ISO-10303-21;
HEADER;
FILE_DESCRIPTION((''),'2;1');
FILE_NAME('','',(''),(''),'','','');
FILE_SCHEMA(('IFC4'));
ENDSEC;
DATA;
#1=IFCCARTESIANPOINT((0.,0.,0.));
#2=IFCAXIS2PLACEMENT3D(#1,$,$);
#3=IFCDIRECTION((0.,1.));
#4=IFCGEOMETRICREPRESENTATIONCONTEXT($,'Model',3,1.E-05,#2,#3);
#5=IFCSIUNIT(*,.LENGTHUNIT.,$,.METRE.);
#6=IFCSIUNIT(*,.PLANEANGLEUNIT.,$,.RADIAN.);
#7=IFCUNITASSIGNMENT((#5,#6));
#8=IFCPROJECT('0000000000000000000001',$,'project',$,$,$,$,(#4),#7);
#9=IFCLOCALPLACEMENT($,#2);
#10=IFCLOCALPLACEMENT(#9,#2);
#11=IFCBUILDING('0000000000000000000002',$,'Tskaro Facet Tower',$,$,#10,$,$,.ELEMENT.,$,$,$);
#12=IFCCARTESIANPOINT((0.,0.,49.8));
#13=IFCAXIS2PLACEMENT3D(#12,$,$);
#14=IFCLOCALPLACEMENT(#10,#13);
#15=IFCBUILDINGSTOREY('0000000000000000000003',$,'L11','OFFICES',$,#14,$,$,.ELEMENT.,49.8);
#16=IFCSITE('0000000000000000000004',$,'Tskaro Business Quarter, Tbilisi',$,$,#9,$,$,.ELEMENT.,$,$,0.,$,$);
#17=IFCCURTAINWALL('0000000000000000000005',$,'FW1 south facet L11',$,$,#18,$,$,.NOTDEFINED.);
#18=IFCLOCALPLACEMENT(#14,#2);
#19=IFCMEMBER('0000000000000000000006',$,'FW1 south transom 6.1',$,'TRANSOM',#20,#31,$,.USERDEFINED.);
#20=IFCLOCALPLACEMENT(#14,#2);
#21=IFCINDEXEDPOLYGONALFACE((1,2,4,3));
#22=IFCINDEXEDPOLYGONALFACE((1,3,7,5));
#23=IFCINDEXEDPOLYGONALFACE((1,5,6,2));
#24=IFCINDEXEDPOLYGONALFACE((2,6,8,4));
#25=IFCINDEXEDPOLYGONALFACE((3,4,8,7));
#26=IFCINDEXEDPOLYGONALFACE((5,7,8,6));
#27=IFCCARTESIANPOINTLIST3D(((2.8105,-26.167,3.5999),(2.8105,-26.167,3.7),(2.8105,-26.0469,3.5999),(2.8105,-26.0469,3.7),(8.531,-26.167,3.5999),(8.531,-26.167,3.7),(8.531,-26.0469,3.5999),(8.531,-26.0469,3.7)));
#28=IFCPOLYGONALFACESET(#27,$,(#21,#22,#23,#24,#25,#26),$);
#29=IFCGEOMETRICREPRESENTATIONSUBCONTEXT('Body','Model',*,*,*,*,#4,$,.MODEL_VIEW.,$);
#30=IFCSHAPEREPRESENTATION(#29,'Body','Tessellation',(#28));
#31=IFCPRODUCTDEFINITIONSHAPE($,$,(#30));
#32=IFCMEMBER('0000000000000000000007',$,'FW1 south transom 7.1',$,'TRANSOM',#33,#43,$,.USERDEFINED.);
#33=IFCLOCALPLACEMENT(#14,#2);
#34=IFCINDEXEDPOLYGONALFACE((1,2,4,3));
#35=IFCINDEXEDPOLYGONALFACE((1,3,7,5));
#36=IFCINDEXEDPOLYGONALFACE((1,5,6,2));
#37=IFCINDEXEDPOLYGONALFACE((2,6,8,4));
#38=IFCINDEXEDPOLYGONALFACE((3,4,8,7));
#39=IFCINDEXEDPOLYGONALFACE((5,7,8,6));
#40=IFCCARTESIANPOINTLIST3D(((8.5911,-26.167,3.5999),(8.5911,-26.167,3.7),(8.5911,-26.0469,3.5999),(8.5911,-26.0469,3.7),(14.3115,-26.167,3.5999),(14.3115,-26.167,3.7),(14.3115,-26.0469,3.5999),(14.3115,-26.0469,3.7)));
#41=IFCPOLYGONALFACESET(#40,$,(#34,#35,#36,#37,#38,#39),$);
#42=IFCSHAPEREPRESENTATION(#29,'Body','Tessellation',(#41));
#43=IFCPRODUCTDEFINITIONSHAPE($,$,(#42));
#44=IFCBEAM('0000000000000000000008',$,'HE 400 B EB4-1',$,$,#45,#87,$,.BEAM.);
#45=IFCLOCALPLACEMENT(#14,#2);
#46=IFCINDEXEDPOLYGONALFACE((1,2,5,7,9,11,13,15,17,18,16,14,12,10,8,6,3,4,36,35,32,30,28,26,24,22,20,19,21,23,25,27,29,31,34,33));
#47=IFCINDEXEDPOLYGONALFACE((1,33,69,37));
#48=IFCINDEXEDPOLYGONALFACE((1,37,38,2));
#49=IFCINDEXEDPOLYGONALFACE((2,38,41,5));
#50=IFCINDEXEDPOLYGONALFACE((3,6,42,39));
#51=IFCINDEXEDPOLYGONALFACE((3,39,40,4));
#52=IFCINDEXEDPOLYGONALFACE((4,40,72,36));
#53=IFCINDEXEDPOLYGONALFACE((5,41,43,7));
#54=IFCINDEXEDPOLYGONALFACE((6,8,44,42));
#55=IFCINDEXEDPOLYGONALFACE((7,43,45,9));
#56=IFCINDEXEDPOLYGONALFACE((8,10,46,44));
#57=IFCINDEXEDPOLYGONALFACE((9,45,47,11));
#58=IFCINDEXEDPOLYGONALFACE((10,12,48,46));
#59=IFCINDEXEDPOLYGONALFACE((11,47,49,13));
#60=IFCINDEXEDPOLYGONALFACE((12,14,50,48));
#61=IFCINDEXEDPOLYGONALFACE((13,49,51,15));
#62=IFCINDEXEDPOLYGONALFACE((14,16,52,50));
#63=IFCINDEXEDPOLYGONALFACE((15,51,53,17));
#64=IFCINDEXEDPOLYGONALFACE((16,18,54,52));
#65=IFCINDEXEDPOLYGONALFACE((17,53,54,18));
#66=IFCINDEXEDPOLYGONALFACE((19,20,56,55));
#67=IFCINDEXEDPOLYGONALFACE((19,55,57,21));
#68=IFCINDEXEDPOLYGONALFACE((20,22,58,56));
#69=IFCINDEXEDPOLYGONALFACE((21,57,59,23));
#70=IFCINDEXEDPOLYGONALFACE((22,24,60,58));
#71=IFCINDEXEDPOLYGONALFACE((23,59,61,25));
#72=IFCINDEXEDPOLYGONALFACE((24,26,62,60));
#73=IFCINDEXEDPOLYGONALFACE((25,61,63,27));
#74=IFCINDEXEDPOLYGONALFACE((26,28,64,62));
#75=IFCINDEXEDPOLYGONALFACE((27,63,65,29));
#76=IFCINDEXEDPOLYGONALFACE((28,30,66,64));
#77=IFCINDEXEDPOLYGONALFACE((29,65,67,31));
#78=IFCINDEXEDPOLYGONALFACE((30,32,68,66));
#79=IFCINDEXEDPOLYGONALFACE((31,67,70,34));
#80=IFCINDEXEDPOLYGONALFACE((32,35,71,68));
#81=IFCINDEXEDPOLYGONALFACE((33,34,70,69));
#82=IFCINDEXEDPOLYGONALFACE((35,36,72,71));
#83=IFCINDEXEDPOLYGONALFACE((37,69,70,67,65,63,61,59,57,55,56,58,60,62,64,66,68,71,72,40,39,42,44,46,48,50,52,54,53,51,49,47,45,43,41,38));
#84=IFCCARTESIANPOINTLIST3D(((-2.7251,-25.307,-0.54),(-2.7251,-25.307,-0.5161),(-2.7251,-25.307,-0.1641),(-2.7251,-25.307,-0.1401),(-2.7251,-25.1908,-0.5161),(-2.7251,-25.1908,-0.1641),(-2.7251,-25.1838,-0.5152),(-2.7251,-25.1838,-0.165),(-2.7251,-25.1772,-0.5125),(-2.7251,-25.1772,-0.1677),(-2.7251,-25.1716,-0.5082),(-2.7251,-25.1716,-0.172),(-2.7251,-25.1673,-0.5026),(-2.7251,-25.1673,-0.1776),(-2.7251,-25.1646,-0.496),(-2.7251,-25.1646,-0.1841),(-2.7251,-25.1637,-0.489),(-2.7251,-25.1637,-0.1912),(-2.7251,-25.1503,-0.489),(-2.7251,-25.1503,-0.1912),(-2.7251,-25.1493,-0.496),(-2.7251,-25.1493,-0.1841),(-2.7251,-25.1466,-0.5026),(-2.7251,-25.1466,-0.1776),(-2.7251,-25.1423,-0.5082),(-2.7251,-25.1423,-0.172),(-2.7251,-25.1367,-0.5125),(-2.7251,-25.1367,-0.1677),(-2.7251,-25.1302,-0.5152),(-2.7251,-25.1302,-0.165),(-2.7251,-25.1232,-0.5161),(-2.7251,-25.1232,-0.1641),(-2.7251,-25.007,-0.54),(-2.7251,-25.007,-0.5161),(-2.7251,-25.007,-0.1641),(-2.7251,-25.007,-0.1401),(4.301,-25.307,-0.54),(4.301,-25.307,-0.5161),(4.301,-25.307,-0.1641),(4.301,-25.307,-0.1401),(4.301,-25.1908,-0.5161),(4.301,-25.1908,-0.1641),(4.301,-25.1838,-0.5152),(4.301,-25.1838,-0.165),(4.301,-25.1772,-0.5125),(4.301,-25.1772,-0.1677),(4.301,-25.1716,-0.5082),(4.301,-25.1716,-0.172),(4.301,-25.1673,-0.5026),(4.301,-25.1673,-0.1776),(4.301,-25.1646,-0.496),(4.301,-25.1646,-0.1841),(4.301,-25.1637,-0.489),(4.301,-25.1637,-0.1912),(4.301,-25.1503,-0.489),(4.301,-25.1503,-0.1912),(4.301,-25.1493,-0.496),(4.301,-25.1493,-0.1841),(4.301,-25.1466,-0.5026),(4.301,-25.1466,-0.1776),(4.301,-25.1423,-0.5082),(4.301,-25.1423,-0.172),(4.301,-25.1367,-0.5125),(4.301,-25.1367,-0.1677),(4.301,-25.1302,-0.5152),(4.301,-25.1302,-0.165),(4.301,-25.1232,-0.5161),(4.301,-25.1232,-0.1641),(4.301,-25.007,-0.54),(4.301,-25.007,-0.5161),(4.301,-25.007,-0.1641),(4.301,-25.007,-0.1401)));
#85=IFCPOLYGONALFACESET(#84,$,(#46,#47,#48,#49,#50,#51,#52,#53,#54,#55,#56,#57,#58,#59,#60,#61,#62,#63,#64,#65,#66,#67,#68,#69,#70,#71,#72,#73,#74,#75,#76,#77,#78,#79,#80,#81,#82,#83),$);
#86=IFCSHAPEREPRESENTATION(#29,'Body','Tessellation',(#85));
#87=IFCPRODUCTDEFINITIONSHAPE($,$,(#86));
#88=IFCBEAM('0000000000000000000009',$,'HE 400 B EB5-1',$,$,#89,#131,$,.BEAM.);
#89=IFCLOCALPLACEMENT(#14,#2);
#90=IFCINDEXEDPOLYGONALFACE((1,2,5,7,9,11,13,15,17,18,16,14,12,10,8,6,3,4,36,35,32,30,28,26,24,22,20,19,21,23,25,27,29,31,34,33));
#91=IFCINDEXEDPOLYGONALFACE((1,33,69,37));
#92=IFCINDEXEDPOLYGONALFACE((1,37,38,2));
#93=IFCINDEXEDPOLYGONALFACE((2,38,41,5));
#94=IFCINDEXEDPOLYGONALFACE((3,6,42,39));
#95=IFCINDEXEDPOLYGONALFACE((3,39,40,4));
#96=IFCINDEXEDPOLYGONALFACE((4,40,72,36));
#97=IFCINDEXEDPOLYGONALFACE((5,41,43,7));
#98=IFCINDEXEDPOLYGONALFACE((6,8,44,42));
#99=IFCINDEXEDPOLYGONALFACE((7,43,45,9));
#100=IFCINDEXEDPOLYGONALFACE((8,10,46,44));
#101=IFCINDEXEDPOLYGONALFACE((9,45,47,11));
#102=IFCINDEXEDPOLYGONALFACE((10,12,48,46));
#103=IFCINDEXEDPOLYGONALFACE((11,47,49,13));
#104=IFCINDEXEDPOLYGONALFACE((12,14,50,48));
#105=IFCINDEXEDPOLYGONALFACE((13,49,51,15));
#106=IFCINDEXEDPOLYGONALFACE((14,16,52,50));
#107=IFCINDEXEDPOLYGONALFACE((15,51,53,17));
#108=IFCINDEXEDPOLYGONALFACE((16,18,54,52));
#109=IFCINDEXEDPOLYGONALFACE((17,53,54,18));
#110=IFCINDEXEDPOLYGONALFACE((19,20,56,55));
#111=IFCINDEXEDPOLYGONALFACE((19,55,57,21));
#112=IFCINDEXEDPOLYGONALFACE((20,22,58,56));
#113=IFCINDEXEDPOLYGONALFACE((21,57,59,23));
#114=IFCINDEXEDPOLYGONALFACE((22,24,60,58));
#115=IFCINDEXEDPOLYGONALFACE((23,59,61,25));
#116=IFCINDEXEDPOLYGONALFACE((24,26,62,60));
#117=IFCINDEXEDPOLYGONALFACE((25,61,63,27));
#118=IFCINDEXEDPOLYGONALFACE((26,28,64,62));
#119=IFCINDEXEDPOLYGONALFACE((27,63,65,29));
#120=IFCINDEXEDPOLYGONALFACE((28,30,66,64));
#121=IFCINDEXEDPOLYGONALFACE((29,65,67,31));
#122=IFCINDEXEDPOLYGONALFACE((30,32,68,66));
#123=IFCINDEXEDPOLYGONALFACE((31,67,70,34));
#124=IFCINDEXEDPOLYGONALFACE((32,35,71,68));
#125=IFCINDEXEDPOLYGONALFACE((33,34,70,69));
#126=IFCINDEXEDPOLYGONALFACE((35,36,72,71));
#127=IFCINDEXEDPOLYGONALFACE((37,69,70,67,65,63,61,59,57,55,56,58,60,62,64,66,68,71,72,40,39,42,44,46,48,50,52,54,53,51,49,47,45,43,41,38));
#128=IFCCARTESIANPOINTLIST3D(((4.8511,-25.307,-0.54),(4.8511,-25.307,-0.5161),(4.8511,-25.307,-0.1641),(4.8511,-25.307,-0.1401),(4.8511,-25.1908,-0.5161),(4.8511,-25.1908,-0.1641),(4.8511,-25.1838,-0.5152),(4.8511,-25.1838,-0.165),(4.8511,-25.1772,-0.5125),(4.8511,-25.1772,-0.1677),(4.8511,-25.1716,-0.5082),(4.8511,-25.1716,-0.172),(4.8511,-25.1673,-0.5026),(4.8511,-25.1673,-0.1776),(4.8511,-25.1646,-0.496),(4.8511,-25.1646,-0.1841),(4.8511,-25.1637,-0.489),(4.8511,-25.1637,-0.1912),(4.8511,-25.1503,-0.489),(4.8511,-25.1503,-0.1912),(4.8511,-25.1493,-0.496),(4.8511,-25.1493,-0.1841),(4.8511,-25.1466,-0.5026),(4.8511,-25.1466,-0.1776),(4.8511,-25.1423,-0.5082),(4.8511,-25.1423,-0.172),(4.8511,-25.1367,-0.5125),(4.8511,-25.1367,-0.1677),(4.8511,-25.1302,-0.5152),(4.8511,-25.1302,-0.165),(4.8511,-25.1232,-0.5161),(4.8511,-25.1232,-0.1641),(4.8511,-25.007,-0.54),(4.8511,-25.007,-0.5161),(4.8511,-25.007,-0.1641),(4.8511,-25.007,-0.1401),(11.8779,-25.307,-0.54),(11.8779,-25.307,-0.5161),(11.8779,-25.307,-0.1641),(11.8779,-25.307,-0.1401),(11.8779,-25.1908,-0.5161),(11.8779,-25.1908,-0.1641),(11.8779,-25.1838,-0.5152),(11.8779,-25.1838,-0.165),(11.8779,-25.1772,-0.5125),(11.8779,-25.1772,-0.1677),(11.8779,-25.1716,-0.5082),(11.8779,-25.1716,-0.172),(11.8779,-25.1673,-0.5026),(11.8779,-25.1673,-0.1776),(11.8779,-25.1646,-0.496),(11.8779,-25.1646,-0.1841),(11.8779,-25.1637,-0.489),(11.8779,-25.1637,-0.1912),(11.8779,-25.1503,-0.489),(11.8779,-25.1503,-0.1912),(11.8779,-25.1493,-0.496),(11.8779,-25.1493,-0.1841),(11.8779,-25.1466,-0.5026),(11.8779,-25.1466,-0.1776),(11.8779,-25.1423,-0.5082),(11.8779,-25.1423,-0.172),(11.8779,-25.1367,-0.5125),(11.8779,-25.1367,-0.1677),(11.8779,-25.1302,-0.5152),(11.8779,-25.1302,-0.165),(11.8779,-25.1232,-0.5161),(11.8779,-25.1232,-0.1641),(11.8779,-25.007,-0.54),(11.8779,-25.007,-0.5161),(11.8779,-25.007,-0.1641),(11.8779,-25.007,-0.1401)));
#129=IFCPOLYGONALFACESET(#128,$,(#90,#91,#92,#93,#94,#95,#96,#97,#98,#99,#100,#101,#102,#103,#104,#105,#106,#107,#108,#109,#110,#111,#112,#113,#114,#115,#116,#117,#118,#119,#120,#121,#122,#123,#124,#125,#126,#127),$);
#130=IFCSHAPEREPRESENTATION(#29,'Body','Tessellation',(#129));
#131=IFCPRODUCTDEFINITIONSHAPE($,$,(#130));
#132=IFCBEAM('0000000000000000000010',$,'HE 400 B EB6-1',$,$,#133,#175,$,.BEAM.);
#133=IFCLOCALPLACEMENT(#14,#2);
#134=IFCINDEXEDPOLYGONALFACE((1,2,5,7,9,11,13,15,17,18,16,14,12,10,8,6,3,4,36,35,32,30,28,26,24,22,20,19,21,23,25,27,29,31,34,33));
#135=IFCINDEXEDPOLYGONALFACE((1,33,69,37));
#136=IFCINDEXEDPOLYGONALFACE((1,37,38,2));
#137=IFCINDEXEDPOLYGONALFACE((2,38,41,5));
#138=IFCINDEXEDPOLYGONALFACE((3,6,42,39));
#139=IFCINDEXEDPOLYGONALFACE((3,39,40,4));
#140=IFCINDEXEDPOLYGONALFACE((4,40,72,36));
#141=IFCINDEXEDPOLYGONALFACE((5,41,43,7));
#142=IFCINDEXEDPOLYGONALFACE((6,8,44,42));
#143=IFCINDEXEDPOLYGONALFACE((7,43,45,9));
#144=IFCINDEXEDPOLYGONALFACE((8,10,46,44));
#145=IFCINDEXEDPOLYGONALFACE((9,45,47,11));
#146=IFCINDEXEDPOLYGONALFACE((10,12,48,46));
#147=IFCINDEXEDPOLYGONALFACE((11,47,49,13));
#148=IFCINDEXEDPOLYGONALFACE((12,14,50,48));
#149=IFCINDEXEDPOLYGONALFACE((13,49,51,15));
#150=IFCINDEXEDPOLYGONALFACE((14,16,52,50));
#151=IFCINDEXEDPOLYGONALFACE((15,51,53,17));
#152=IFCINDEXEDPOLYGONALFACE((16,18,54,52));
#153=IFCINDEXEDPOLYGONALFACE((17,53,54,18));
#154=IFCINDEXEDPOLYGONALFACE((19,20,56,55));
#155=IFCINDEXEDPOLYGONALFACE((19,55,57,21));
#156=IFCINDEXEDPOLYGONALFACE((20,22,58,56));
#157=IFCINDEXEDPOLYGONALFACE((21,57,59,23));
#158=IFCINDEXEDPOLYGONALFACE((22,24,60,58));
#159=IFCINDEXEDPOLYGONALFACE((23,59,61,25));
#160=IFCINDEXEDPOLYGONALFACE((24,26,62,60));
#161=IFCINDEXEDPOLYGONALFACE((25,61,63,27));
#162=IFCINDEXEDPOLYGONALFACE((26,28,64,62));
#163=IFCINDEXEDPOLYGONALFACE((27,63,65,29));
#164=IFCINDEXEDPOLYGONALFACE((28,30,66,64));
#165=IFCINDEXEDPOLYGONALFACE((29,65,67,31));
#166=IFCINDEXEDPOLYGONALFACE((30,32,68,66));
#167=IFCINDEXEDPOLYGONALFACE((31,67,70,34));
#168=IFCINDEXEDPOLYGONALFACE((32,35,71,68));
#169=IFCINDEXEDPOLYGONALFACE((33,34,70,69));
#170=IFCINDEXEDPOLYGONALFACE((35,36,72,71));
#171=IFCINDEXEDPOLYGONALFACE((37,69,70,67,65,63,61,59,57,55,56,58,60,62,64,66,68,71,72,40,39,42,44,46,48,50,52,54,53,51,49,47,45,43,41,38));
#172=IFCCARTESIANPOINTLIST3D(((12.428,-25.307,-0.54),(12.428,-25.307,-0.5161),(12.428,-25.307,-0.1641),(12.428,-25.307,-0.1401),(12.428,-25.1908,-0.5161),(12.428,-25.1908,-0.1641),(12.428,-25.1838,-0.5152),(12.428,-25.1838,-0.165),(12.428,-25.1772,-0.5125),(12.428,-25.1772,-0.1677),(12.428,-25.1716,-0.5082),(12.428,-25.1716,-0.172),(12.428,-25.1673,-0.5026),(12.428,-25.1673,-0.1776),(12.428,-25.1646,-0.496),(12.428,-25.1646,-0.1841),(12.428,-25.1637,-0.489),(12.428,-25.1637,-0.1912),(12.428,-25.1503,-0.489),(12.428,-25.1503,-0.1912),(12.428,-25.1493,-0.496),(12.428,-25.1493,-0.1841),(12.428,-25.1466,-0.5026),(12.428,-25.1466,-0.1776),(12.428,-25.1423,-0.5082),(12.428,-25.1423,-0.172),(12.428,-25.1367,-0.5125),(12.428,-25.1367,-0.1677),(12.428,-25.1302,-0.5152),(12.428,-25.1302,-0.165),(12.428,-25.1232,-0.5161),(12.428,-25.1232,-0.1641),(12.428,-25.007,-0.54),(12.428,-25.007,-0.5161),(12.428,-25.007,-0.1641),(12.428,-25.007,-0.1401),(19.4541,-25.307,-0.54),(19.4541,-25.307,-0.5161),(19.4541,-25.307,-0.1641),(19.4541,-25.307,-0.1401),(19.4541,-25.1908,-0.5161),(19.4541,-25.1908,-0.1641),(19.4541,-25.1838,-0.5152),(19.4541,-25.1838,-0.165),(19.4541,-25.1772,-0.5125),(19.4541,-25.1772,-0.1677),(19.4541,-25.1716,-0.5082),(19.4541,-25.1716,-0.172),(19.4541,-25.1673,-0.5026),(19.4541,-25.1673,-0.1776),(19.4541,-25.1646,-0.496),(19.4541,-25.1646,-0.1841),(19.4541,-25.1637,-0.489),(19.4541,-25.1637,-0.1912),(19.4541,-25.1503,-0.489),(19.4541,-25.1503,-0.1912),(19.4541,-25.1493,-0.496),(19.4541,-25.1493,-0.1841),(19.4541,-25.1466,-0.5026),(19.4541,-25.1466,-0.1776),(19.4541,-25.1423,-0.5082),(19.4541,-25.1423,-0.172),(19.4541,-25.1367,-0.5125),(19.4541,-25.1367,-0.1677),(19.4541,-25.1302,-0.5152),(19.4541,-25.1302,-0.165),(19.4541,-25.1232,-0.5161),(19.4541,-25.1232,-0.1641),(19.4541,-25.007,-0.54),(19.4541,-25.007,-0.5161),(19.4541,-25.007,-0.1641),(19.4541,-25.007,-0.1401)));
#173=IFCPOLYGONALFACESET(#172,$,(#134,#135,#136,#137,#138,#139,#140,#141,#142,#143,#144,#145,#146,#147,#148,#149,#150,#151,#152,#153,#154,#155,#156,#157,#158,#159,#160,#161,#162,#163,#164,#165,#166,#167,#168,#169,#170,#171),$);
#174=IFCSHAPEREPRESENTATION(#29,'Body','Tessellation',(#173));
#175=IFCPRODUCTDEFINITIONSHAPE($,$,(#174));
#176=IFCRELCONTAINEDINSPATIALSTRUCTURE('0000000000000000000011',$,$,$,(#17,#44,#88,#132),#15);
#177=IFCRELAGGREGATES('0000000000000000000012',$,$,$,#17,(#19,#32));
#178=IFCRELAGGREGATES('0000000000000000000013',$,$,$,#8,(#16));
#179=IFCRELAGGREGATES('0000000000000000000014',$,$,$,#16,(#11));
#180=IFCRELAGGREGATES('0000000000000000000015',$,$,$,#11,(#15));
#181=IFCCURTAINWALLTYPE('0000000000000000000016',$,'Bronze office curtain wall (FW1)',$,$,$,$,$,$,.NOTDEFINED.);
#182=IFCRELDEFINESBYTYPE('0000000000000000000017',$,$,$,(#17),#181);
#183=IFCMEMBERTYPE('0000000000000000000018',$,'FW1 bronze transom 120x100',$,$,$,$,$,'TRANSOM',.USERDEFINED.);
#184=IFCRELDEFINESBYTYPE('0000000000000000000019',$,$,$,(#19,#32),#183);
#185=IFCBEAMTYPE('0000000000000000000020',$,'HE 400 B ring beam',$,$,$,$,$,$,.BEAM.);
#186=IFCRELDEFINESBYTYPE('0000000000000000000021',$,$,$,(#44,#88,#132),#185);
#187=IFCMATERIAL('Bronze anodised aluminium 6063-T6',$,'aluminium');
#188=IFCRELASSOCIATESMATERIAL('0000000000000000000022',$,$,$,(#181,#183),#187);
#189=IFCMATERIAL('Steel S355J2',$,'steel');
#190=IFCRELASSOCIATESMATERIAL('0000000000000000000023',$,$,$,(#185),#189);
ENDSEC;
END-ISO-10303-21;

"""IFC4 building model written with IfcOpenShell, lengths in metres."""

from ifc_helpers import new_model, si_unit, direction, frame, origin, origin_2d, place, context, subcontext, project, spatial, rectangle, i_section, extrude, material, material_profile, profile_set, type_object, element, aggregate, save


model = new_model("IFC4")

# Units and contexts
model_context = context("Model", 3, precision=1e-05, world=origin(), true_north=direction((0.0, 1.0)))
body_context = subcontext(model_context, "Body", "Model", "MODEL_VIEW")
ifc_project = project(units=[si_unit("LENGTHUNIT", "METRE"), si_unit("PLANEANGLEUNIT", "RADIAN")], contexts=[model_context])

# Site, building, storey
site_placement = place(None, origin())
site = spatial("IfcSite", under=ifc_project, at=site_placement, Name="Tskaro Business Quarter, Tbilisi", CompositionType="ELEMENT", RefElevation=0.0)
building_placement = place(site_placement, origin())
building = spatial("IfcBuilding", under=site, at=building_placement, Name="Tskaro Facet Tower", CompositionType="ELEMENT")
storey_placement = place(building_placement, frame((0.0, 0.0, 49.8)))
storey = spatial("IfcBuildingStorey", under=building, at=storey_placement, Name="L11", Description="OFFICES", CompositionType="ELEMENT", Elevation=49.8)

# Curtain wall, members
ifc_material_1 = material(Name="Bronze anodised aluminium 6063-T6", Category="aluminium")
curtain_wall_type = type_object("IfcCurtainWallType", Name="Bronze office curtain wall (FW1)", PredefinedType="NOTDEFINED", material=ifc_material_1)
curtain_wall_placement = place(storey_placement, origin())
curtain_wall = element("IfcCurtainWall", 1, at=curtain_wall_placement, inside=storey, type_object=curtain_wall_type, Name="FW1 south facet L11", PredefinedType="NOTDEFINED")
ifc_material_profile_1 = material_profile(ifc_material_1, rectangle(XDim=0.1201, YDim=0.1001, at=origin_2d()), Name="Transom 120x100")
ifc_profile_set_1 = profile_set([ifc_material_profile_1], Name="Bronze anodised aluminium 6063-T6")
member_type_1 = type_object("IfcMemberType", Name="FW1 bronze transom 120x100", ElementType="TRANSOM", PredefinedType="USERDEFINED", material=ifc_profile_set_1)
member_1_placement = place(storey_placement, frame((2.8105, -26.1069, 3.6499), z_axis=(1.0, 0.0, 0.0), x_axis=(0.0, 1.0, 0.0)))
member_1 = element("IfcMember", 2, at=member_1_placement, type_object=member_type_1, Name="FW1 south transom 6.1", ObjectType="TRANSOM", PredefinedType="USERDEFINED", context=body_context, shape_type="SweptSolid", body=[
    extrude(rectangle(XDim=0.1201, YDim=0.1001, at=origin_2d()), origin(), (0.0, 0.0, 1.0), 5.7205),
])
member_2_placement = place(storey_placement, frame((8.5911, -26.1069, 3.6499), z_axis=(1.0, 0.0, 0.0), x_axis=(0.0, 1.0, 0.0)))
member_2 = element("IfcMember", 3, at=member_2_placement, type_object=member_type_1, Name="FW1 south transom 7.1", ObjectType="TRANSOM", PredefinedType="USERDEFINED", context=body_context, shape_type="SweptSolid", body=[
    extrude(rectangle(XDim=0.1201, YDim=0.1001, at=origin_2d()), origin(), (0.0, 0.0, 1.0), 5.7205),
])

# Beams
ifc_material_2 = material(Name="Steel S355J2", Category="steel")
ifc_material_profile_2 = material_profile(ifc_material_2, i_section(OverallWidth=0.3, OverallDepth=0.3999, WebThickness=0.0134, FlangeThickness=0.0239, FilletRadius=0.0271, at=origin_2d()), Name="HE 400 B")
ifc_profile_set_2 = profile_set([ifc_material_profile_2], Name="Steel S355J2")
beam_type_1 = type_object("IfcBeamType", Name="HE 400 B ring beam", PredefinedType="BEAM", material=ifc_profile_set_2)
beam_1_placement = place(storey_placement, frame((-2.7251, -25.157, -0.3401), z_axis=(1.0, 0.0, 0.0), x_axis=(0.0, 1.0, 0.0)))
element("IfcBeam", 4, at=beam_1_placement, inside=storey, type_object=beam_type_1, Name="HE 400 B EB4-1", PredefinedType="BEAM", context=body_context, shape_type="SweptSolid", body=[
    extrude(i_section(OverallWidth=0.3, OverallDepth=0.3999, WebThickness=0.0134, FlangeThickness=0.0239, FilletRadius=0.0271, at=origin_2d()), origin(), (0.0, 0.0, 1.0), 7.0261),
])
beam_2_placement = place(storey_placement, frame((4.8511, -25.157, -0.3401), z_axis=(1.0, 0.0, 0.0), x_axis=(0.0, 1.0, 0.0)))
element("IfcBeam", 5, at=beam_2_placement, inside=storey, type_object=beam_type_1, Name="HE 400 B EB5-1", PredefinedType="BEAM", context=body_context, shape_type="SweptSolid", body=[
    extrude(i_section(OverallWidth=0.3, OverallDepth=0.3999, WebThickness=0.0134, FlangeThickness=0.0239, FilletRadius=0.0271, at=origin_2d()), origin(), (0.0, 0.0, 1.0), 7.0269),
])
beam_3_placement = place(storey_placement, frame((12.428, -25.157, -0.3401), z_axis=(1.0, 0.0, 0.0), x_axis=(0.0, 1.0, 0.0)))
element("IfcBeam", 6, at=beam_3_placement, inside=storey, type_object=beam_type_1, Name="HE 400 B EB6-1", PredefinedType="BEAM", context=body_context, shape_type="SweptSolid", body=[
    extrude(i_section(OverallWidth=0.3, OverallDepth=0.3999, WebThickness=0.0134, FlangeThickness=0.0239, FilletRadius=0.0271, at=origin_2d()), origin(), (0.0, 0.0, 1.0), 7.0261),
])

aggregate(curtain_wall, [member_1, member_2])

save(model, "model.ifc")
